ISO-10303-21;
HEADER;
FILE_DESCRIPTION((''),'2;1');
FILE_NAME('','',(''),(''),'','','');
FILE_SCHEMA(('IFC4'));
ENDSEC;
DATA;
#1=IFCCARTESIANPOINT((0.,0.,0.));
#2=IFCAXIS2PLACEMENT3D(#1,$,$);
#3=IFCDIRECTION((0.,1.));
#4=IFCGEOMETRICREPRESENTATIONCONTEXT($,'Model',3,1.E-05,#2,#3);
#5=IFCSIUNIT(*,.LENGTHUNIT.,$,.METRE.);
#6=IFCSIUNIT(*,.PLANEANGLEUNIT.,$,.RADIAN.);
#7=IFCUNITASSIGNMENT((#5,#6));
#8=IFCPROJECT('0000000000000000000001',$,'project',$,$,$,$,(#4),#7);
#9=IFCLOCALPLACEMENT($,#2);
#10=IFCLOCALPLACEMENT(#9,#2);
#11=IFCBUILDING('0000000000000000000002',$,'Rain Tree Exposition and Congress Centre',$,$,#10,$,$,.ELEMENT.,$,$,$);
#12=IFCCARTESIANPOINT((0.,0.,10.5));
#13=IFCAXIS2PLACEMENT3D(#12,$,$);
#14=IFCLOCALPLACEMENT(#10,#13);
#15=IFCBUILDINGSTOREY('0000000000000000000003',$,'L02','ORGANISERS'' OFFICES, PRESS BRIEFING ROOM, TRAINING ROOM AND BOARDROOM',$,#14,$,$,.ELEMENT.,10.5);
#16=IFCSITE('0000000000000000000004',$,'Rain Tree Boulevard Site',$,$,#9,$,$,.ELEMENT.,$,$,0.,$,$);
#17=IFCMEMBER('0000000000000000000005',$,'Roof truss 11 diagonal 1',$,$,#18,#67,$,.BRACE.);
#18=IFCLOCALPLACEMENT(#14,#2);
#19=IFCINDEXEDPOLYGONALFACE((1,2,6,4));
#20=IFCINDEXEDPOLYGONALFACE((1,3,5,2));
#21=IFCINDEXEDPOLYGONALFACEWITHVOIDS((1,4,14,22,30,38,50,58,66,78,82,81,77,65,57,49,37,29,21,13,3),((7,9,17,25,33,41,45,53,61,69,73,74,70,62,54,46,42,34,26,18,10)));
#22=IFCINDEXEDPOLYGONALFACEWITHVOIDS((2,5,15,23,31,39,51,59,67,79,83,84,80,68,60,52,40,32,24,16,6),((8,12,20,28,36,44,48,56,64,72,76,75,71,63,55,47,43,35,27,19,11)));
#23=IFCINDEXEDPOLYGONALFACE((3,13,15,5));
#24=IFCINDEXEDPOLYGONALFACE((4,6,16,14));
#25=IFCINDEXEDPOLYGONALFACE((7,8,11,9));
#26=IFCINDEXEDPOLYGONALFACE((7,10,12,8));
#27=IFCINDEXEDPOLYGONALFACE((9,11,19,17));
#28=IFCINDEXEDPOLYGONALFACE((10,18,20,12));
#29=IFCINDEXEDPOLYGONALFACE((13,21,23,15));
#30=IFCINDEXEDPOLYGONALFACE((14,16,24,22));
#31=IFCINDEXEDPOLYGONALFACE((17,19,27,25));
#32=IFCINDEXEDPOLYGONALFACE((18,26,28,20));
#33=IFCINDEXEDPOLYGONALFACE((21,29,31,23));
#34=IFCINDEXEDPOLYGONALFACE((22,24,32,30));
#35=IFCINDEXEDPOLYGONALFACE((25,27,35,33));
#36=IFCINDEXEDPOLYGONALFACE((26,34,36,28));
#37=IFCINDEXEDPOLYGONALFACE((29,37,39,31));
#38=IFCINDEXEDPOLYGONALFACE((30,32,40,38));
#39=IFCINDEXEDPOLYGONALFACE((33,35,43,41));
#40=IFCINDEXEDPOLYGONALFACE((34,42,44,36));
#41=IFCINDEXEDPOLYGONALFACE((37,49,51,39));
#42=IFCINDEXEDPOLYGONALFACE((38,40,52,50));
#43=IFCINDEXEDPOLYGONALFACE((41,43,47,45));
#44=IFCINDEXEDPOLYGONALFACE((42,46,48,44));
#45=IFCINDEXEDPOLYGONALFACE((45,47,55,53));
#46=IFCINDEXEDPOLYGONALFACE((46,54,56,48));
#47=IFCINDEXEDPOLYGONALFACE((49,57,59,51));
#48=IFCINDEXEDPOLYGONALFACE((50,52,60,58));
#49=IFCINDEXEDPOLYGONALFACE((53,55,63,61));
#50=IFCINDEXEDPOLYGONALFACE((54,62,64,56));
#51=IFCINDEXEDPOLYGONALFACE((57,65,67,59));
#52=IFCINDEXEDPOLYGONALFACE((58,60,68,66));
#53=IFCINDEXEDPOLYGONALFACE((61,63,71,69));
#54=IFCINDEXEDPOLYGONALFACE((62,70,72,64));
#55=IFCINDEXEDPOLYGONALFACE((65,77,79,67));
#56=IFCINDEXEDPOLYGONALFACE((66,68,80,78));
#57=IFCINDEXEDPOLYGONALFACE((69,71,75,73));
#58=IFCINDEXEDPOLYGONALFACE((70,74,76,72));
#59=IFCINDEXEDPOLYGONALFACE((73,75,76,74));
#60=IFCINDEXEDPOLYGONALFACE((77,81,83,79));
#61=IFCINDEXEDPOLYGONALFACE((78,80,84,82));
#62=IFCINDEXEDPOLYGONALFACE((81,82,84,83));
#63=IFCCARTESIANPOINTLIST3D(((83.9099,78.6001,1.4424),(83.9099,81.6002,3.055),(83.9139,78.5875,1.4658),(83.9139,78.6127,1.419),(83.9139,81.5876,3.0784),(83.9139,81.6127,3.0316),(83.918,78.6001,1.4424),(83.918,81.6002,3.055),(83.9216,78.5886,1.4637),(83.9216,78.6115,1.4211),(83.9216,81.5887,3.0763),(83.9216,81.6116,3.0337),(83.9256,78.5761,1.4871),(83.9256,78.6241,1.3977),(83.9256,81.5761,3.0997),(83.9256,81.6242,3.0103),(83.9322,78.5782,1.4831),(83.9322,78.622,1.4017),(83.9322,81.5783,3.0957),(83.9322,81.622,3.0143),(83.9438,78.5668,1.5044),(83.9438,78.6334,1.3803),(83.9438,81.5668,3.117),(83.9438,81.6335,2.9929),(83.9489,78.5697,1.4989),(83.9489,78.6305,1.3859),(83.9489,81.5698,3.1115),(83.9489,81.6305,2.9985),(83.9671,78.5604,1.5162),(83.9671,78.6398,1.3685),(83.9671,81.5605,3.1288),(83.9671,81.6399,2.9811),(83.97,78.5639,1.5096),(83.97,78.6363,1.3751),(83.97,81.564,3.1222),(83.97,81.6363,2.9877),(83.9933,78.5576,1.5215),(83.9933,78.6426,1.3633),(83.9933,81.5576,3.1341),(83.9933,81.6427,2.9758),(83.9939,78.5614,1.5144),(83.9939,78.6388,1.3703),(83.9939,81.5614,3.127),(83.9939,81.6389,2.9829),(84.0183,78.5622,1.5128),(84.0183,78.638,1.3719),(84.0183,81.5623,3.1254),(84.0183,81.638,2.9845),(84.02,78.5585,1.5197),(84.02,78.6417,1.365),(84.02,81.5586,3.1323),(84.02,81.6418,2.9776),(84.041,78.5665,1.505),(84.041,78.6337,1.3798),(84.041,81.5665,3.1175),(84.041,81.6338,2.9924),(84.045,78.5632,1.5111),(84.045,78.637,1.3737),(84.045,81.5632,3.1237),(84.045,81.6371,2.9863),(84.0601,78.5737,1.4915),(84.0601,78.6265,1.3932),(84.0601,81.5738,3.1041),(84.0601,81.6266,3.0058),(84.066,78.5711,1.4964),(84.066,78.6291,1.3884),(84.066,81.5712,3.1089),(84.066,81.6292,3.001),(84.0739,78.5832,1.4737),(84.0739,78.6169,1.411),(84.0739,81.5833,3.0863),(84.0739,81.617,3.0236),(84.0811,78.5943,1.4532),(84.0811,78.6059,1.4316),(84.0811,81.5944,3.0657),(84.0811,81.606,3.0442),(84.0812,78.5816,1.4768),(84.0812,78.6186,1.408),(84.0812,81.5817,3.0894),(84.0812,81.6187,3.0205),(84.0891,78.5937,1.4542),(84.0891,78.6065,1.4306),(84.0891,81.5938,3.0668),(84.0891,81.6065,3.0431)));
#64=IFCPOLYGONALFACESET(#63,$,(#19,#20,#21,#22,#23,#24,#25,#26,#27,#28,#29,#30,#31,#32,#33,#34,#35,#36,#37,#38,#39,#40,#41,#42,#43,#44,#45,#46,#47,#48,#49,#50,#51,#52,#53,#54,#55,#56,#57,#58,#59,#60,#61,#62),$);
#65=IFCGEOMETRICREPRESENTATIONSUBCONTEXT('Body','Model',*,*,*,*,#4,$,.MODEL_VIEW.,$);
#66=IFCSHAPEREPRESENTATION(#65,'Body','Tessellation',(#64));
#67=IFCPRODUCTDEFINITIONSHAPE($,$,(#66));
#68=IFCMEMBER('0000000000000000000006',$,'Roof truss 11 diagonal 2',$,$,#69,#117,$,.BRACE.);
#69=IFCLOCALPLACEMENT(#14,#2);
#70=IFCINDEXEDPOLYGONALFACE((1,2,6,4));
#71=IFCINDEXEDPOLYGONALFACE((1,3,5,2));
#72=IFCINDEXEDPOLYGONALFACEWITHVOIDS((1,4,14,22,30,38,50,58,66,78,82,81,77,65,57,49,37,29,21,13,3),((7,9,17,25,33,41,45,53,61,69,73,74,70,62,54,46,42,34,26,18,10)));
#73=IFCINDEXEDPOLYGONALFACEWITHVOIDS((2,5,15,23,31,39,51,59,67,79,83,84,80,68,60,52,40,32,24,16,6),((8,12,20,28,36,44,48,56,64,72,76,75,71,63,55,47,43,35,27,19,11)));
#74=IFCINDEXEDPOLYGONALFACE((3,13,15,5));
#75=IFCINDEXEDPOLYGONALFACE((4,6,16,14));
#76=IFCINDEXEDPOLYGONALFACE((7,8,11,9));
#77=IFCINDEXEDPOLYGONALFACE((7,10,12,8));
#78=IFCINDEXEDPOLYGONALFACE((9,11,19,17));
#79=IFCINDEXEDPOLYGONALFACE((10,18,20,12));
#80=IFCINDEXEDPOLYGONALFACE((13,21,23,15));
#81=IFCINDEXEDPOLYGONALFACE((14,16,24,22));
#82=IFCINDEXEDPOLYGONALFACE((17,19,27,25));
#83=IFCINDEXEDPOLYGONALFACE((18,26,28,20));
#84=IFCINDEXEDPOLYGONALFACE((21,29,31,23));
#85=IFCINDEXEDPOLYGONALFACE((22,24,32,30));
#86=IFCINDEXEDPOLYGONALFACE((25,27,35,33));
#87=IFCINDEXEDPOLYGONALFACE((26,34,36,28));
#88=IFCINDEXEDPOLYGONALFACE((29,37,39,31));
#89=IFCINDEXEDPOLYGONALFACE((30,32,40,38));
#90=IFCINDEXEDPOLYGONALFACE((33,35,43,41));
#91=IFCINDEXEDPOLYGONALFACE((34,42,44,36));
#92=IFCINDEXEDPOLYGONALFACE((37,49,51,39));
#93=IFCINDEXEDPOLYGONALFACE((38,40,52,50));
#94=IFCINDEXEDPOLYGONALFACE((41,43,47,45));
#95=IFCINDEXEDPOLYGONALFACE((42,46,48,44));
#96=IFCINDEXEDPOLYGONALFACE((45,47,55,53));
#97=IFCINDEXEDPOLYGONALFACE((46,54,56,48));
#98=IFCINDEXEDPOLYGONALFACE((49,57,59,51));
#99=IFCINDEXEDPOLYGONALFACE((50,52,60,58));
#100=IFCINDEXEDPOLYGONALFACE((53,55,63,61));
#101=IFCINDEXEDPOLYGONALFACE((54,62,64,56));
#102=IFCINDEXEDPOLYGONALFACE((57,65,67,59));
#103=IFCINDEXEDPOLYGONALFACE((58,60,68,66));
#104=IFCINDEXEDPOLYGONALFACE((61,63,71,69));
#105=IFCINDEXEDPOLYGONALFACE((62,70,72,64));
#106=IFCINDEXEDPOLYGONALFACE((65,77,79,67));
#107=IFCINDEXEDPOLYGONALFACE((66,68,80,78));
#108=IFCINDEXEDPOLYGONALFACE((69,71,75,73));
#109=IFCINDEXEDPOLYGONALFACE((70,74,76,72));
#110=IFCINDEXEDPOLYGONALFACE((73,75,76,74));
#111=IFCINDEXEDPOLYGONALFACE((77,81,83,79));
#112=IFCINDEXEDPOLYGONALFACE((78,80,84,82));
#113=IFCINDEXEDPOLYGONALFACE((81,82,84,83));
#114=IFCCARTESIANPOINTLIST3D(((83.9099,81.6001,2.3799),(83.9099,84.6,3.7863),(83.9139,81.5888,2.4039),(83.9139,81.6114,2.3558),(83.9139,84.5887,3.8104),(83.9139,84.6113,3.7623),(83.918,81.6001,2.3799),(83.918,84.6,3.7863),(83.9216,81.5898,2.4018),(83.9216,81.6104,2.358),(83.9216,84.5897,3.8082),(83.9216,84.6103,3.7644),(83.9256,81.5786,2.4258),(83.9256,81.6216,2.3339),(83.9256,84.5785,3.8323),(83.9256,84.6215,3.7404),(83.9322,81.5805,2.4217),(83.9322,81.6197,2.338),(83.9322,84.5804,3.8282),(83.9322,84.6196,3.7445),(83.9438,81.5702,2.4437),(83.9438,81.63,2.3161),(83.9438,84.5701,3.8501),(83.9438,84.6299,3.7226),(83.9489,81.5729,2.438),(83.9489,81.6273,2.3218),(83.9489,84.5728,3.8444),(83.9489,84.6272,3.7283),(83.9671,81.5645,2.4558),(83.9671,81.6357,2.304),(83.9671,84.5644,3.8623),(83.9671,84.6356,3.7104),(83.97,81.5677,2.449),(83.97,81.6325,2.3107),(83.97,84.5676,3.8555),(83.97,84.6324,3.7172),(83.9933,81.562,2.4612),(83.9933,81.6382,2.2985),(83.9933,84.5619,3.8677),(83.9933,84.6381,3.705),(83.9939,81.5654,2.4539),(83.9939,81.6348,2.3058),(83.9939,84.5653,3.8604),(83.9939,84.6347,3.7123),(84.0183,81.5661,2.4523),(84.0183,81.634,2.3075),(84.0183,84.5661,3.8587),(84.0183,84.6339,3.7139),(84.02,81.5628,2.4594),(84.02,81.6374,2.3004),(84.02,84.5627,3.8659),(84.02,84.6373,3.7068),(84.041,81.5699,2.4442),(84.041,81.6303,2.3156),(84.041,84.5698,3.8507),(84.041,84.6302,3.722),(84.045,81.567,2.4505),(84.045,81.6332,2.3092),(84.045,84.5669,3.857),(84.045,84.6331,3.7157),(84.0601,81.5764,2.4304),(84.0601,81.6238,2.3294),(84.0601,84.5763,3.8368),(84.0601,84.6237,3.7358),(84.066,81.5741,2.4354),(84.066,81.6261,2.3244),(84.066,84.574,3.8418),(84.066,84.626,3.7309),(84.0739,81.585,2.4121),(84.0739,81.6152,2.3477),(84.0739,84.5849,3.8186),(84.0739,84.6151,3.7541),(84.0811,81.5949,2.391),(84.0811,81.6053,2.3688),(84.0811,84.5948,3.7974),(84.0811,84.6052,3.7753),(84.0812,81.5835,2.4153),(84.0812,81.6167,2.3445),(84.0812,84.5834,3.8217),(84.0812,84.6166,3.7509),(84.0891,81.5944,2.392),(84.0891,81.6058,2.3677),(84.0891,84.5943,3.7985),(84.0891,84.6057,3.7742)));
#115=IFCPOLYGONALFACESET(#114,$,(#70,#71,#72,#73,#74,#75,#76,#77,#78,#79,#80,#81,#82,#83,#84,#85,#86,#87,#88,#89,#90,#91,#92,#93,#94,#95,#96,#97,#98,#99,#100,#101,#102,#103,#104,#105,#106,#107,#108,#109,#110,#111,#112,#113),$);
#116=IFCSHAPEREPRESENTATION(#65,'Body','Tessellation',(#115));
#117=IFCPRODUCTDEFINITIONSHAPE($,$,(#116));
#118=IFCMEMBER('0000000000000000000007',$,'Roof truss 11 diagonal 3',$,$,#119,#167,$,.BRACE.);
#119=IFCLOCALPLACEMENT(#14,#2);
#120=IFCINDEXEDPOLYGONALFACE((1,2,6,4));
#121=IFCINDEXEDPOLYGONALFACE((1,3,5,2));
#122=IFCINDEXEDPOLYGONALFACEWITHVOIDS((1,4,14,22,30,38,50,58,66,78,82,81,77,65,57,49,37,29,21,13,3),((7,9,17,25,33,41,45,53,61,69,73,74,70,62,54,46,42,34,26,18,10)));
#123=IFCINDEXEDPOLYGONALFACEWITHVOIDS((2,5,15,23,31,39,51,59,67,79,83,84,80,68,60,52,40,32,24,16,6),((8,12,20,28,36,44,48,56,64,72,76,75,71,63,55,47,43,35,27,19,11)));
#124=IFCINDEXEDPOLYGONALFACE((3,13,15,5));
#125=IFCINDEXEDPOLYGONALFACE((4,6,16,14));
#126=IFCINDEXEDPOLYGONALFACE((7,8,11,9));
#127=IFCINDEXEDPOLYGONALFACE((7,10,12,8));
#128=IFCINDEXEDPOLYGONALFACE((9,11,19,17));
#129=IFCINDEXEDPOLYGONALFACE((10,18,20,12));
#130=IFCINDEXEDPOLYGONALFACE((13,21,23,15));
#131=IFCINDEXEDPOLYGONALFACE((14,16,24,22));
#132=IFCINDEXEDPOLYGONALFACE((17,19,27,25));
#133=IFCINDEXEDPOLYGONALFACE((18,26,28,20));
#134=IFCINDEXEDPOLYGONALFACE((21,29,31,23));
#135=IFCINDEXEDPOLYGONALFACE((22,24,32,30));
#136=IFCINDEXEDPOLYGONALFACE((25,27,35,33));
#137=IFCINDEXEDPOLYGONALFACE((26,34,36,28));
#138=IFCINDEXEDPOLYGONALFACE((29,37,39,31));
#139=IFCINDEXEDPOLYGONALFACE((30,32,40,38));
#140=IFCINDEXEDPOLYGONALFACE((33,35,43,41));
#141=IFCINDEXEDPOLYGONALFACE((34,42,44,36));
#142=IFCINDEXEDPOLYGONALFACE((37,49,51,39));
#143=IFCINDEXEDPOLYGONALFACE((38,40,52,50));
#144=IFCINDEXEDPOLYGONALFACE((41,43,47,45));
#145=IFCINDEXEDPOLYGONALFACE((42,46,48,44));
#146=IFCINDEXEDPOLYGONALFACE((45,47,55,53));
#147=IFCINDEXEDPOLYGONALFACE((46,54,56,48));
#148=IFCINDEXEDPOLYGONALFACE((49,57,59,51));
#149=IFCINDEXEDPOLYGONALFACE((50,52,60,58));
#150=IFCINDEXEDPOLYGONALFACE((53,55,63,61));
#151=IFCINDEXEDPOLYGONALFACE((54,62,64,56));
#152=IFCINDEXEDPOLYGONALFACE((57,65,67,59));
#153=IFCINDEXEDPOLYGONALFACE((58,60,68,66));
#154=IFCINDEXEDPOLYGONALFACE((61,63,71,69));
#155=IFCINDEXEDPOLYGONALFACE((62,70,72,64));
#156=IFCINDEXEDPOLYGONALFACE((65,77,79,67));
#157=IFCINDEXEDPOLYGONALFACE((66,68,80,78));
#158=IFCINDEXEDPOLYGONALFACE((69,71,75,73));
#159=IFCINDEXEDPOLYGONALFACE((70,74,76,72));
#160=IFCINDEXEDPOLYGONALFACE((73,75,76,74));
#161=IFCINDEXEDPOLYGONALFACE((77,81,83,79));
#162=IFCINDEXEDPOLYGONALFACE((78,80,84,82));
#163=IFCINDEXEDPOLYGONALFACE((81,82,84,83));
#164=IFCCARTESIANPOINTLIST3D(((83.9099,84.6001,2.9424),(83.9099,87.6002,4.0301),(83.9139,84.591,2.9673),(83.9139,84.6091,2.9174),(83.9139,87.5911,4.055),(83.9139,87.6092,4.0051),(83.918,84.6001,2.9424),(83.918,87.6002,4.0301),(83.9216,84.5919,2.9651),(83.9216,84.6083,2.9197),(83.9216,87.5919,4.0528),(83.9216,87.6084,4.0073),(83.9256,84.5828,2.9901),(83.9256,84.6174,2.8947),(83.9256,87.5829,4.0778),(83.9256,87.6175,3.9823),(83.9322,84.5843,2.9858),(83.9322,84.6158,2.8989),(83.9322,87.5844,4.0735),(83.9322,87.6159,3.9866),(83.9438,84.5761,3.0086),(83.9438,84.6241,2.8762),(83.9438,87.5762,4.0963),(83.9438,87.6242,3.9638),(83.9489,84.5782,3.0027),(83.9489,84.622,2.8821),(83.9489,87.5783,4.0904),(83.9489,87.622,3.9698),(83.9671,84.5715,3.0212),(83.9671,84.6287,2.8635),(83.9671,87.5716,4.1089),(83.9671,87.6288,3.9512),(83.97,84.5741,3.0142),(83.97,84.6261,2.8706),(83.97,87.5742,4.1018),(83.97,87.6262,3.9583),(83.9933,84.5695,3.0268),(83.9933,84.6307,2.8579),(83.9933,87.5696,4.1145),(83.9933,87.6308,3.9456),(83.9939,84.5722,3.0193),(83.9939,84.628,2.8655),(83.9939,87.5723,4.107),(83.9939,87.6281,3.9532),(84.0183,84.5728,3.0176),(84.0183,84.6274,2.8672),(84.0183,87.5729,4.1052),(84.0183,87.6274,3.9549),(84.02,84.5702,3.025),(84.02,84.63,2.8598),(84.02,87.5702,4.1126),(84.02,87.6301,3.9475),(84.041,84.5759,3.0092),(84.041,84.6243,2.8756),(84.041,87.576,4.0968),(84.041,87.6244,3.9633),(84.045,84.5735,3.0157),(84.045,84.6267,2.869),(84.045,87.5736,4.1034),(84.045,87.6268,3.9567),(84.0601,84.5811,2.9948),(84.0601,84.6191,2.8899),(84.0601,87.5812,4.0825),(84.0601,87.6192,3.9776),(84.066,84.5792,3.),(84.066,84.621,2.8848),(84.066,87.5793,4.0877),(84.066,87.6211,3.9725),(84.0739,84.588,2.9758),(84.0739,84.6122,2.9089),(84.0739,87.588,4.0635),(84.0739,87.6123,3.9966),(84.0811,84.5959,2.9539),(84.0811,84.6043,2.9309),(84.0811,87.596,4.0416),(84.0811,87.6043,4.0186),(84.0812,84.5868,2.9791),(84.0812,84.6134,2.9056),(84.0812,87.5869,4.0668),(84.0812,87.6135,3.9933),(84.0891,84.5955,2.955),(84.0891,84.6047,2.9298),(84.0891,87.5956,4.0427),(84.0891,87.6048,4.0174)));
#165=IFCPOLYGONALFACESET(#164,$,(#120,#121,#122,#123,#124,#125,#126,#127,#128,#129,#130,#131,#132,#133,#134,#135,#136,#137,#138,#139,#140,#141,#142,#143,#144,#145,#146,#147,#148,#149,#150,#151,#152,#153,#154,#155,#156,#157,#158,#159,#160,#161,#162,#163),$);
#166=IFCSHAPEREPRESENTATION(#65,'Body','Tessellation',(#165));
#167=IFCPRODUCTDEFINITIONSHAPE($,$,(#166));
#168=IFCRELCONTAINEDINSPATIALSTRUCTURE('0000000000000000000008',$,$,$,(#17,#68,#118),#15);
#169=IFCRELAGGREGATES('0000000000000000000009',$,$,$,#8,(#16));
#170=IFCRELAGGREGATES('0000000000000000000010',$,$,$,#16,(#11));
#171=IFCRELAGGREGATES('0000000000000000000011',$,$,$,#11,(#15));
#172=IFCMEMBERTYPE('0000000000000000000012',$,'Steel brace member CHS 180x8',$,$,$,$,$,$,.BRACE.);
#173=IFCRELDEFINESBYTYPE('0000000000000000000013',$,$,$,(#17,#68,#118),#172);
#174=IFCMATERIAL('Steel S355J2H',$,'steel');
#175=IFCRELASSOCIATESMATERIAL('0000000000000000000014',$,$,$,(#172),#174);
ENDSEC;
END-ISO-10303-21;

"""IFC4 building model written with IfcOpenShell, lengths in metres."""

from ifc_helpers import new_model, si_unit, direction, frame, origin, origin_2d, place, context, subcontext, project, spatial, hollow_circle, extrude, material, material_profile, profile_set, type_object, element, save


model = new_model("IFC4")

# Units and contexts
model_context = context("Model", 3, precision=1e-05, world=origin(), true_north=direction((0.0, 1.0)))
body_context = subcontext(model_context, "Body", "Model", "MODEL_VIEW")
ifc_project = project(units=[si_unit("LENGTHUNIT", "METRE"), si_unit("PLANEANGLEUNIT", "RADIAN")], contexts=[model_context])

# Site, building, storey
site_placement = place(None, origin())
site = spatial("IfcSite", under=ifc_project, at=site_placement, Name="Rain Tree Boulevard Site", CompositionType="ELEMENT", RefElevation=0.0)
building_placement = place(site_placement, origin())
building = spatial("IfcBuilding", under=site, at=building_placement, Name="Rain Tree Exposition and Congress Centre", CompositionType="ELEMENT")
storey_placement = place(building_placement, frame((0.0, 0.0, 10.5)))
storey = spatial("IfcBuildingStorey", under=building, at=storey_placement, Name="L02", Description="ORGANISERS' OFFICES, PRESS BRIEFING ROOM, TRAINING ROOM AND BOARDROOM", CompositionType="ELEMENT", Elevation=10.5)

# Members
ifc_material_1 = material(Name="Steel S355J2H", Category="steel")
ifc_material_profile_1 = material_profile(ifc_material_1, hollow_circle(Radius=0.0901, WallThickness=0.0081, at=origin_2d()), Name="CHS 180x8")
ifc_profile_set_1 = profile_set([ifc_material_profile_1], Name="Steel S355J2H")
member_type_1 = type_object("IfcMemberType", Name="Steel brace member CHS 180x8", PredefinedType="BRACE", material=ifc_profile_set_1)
member_1_placement = place(storey_placement, frame((84.0, 78.6001, 1.4424), z_axis=(0.0, 0.880818, 0.473454), x_axis=(-1.0, 0.0, 0.0)))
element("IfcMember", 1, at=member_1_placement, inside=storey, type_object=member_type_1, Name="Roof truss 11 diagonal 1", PredefinedType="BRACE", context=body_context, shape_type="SweptSolid", body=[
    extrude(hollow_circle(Radius=0.0901, WallThickness=0.0081, at=origin_2d()), origin(), (0.0, 0.0, 1.0), 3.406),
])
member_2_placement = place(storey_placement, frame((84.0, 81.6001, 2.3799), z_axis=(0.0, 0.905431, 0.424494), x_axis=(-1.0, 0.0, 0.0)))
element("IfcMember", 2, at=member_2_placement, inside=storey, type_object=member_type_1, Name="Roof truss 11 diagonal 2", PredefinedType="BRACE", context=body_context, shape_type="SweptSolid", body=[
    extrude(hollow_circle(Radius=0.0901, WallThickness=0.0081, at=origin_2d()), origin(), (0.0, 0.0, 1.0), 3.3132),
])
member_3_placement = place(storey_placement, frame((84.0, 84.6001, 2.9424), z_axis=(0.0, 0.940121, 0.34084), x_axis=(-1.0, 0.0, 0.0)))
element("IfcMember", 3, at=member_3_placement, inside=storey, type_object=member_type_1, Name="Roof truss 11 diagonal 3", PredefinedType="BRACE", context=body_context, shape_type="SweptSolid", body=[
    extrude(hollow_circle(Radius=0.0901, WallThickness=0.0081, at=origin_2d()), origin(), (0.0, 0.0, 1.0), 3.1912),
])

save(model, "model.ifc")
